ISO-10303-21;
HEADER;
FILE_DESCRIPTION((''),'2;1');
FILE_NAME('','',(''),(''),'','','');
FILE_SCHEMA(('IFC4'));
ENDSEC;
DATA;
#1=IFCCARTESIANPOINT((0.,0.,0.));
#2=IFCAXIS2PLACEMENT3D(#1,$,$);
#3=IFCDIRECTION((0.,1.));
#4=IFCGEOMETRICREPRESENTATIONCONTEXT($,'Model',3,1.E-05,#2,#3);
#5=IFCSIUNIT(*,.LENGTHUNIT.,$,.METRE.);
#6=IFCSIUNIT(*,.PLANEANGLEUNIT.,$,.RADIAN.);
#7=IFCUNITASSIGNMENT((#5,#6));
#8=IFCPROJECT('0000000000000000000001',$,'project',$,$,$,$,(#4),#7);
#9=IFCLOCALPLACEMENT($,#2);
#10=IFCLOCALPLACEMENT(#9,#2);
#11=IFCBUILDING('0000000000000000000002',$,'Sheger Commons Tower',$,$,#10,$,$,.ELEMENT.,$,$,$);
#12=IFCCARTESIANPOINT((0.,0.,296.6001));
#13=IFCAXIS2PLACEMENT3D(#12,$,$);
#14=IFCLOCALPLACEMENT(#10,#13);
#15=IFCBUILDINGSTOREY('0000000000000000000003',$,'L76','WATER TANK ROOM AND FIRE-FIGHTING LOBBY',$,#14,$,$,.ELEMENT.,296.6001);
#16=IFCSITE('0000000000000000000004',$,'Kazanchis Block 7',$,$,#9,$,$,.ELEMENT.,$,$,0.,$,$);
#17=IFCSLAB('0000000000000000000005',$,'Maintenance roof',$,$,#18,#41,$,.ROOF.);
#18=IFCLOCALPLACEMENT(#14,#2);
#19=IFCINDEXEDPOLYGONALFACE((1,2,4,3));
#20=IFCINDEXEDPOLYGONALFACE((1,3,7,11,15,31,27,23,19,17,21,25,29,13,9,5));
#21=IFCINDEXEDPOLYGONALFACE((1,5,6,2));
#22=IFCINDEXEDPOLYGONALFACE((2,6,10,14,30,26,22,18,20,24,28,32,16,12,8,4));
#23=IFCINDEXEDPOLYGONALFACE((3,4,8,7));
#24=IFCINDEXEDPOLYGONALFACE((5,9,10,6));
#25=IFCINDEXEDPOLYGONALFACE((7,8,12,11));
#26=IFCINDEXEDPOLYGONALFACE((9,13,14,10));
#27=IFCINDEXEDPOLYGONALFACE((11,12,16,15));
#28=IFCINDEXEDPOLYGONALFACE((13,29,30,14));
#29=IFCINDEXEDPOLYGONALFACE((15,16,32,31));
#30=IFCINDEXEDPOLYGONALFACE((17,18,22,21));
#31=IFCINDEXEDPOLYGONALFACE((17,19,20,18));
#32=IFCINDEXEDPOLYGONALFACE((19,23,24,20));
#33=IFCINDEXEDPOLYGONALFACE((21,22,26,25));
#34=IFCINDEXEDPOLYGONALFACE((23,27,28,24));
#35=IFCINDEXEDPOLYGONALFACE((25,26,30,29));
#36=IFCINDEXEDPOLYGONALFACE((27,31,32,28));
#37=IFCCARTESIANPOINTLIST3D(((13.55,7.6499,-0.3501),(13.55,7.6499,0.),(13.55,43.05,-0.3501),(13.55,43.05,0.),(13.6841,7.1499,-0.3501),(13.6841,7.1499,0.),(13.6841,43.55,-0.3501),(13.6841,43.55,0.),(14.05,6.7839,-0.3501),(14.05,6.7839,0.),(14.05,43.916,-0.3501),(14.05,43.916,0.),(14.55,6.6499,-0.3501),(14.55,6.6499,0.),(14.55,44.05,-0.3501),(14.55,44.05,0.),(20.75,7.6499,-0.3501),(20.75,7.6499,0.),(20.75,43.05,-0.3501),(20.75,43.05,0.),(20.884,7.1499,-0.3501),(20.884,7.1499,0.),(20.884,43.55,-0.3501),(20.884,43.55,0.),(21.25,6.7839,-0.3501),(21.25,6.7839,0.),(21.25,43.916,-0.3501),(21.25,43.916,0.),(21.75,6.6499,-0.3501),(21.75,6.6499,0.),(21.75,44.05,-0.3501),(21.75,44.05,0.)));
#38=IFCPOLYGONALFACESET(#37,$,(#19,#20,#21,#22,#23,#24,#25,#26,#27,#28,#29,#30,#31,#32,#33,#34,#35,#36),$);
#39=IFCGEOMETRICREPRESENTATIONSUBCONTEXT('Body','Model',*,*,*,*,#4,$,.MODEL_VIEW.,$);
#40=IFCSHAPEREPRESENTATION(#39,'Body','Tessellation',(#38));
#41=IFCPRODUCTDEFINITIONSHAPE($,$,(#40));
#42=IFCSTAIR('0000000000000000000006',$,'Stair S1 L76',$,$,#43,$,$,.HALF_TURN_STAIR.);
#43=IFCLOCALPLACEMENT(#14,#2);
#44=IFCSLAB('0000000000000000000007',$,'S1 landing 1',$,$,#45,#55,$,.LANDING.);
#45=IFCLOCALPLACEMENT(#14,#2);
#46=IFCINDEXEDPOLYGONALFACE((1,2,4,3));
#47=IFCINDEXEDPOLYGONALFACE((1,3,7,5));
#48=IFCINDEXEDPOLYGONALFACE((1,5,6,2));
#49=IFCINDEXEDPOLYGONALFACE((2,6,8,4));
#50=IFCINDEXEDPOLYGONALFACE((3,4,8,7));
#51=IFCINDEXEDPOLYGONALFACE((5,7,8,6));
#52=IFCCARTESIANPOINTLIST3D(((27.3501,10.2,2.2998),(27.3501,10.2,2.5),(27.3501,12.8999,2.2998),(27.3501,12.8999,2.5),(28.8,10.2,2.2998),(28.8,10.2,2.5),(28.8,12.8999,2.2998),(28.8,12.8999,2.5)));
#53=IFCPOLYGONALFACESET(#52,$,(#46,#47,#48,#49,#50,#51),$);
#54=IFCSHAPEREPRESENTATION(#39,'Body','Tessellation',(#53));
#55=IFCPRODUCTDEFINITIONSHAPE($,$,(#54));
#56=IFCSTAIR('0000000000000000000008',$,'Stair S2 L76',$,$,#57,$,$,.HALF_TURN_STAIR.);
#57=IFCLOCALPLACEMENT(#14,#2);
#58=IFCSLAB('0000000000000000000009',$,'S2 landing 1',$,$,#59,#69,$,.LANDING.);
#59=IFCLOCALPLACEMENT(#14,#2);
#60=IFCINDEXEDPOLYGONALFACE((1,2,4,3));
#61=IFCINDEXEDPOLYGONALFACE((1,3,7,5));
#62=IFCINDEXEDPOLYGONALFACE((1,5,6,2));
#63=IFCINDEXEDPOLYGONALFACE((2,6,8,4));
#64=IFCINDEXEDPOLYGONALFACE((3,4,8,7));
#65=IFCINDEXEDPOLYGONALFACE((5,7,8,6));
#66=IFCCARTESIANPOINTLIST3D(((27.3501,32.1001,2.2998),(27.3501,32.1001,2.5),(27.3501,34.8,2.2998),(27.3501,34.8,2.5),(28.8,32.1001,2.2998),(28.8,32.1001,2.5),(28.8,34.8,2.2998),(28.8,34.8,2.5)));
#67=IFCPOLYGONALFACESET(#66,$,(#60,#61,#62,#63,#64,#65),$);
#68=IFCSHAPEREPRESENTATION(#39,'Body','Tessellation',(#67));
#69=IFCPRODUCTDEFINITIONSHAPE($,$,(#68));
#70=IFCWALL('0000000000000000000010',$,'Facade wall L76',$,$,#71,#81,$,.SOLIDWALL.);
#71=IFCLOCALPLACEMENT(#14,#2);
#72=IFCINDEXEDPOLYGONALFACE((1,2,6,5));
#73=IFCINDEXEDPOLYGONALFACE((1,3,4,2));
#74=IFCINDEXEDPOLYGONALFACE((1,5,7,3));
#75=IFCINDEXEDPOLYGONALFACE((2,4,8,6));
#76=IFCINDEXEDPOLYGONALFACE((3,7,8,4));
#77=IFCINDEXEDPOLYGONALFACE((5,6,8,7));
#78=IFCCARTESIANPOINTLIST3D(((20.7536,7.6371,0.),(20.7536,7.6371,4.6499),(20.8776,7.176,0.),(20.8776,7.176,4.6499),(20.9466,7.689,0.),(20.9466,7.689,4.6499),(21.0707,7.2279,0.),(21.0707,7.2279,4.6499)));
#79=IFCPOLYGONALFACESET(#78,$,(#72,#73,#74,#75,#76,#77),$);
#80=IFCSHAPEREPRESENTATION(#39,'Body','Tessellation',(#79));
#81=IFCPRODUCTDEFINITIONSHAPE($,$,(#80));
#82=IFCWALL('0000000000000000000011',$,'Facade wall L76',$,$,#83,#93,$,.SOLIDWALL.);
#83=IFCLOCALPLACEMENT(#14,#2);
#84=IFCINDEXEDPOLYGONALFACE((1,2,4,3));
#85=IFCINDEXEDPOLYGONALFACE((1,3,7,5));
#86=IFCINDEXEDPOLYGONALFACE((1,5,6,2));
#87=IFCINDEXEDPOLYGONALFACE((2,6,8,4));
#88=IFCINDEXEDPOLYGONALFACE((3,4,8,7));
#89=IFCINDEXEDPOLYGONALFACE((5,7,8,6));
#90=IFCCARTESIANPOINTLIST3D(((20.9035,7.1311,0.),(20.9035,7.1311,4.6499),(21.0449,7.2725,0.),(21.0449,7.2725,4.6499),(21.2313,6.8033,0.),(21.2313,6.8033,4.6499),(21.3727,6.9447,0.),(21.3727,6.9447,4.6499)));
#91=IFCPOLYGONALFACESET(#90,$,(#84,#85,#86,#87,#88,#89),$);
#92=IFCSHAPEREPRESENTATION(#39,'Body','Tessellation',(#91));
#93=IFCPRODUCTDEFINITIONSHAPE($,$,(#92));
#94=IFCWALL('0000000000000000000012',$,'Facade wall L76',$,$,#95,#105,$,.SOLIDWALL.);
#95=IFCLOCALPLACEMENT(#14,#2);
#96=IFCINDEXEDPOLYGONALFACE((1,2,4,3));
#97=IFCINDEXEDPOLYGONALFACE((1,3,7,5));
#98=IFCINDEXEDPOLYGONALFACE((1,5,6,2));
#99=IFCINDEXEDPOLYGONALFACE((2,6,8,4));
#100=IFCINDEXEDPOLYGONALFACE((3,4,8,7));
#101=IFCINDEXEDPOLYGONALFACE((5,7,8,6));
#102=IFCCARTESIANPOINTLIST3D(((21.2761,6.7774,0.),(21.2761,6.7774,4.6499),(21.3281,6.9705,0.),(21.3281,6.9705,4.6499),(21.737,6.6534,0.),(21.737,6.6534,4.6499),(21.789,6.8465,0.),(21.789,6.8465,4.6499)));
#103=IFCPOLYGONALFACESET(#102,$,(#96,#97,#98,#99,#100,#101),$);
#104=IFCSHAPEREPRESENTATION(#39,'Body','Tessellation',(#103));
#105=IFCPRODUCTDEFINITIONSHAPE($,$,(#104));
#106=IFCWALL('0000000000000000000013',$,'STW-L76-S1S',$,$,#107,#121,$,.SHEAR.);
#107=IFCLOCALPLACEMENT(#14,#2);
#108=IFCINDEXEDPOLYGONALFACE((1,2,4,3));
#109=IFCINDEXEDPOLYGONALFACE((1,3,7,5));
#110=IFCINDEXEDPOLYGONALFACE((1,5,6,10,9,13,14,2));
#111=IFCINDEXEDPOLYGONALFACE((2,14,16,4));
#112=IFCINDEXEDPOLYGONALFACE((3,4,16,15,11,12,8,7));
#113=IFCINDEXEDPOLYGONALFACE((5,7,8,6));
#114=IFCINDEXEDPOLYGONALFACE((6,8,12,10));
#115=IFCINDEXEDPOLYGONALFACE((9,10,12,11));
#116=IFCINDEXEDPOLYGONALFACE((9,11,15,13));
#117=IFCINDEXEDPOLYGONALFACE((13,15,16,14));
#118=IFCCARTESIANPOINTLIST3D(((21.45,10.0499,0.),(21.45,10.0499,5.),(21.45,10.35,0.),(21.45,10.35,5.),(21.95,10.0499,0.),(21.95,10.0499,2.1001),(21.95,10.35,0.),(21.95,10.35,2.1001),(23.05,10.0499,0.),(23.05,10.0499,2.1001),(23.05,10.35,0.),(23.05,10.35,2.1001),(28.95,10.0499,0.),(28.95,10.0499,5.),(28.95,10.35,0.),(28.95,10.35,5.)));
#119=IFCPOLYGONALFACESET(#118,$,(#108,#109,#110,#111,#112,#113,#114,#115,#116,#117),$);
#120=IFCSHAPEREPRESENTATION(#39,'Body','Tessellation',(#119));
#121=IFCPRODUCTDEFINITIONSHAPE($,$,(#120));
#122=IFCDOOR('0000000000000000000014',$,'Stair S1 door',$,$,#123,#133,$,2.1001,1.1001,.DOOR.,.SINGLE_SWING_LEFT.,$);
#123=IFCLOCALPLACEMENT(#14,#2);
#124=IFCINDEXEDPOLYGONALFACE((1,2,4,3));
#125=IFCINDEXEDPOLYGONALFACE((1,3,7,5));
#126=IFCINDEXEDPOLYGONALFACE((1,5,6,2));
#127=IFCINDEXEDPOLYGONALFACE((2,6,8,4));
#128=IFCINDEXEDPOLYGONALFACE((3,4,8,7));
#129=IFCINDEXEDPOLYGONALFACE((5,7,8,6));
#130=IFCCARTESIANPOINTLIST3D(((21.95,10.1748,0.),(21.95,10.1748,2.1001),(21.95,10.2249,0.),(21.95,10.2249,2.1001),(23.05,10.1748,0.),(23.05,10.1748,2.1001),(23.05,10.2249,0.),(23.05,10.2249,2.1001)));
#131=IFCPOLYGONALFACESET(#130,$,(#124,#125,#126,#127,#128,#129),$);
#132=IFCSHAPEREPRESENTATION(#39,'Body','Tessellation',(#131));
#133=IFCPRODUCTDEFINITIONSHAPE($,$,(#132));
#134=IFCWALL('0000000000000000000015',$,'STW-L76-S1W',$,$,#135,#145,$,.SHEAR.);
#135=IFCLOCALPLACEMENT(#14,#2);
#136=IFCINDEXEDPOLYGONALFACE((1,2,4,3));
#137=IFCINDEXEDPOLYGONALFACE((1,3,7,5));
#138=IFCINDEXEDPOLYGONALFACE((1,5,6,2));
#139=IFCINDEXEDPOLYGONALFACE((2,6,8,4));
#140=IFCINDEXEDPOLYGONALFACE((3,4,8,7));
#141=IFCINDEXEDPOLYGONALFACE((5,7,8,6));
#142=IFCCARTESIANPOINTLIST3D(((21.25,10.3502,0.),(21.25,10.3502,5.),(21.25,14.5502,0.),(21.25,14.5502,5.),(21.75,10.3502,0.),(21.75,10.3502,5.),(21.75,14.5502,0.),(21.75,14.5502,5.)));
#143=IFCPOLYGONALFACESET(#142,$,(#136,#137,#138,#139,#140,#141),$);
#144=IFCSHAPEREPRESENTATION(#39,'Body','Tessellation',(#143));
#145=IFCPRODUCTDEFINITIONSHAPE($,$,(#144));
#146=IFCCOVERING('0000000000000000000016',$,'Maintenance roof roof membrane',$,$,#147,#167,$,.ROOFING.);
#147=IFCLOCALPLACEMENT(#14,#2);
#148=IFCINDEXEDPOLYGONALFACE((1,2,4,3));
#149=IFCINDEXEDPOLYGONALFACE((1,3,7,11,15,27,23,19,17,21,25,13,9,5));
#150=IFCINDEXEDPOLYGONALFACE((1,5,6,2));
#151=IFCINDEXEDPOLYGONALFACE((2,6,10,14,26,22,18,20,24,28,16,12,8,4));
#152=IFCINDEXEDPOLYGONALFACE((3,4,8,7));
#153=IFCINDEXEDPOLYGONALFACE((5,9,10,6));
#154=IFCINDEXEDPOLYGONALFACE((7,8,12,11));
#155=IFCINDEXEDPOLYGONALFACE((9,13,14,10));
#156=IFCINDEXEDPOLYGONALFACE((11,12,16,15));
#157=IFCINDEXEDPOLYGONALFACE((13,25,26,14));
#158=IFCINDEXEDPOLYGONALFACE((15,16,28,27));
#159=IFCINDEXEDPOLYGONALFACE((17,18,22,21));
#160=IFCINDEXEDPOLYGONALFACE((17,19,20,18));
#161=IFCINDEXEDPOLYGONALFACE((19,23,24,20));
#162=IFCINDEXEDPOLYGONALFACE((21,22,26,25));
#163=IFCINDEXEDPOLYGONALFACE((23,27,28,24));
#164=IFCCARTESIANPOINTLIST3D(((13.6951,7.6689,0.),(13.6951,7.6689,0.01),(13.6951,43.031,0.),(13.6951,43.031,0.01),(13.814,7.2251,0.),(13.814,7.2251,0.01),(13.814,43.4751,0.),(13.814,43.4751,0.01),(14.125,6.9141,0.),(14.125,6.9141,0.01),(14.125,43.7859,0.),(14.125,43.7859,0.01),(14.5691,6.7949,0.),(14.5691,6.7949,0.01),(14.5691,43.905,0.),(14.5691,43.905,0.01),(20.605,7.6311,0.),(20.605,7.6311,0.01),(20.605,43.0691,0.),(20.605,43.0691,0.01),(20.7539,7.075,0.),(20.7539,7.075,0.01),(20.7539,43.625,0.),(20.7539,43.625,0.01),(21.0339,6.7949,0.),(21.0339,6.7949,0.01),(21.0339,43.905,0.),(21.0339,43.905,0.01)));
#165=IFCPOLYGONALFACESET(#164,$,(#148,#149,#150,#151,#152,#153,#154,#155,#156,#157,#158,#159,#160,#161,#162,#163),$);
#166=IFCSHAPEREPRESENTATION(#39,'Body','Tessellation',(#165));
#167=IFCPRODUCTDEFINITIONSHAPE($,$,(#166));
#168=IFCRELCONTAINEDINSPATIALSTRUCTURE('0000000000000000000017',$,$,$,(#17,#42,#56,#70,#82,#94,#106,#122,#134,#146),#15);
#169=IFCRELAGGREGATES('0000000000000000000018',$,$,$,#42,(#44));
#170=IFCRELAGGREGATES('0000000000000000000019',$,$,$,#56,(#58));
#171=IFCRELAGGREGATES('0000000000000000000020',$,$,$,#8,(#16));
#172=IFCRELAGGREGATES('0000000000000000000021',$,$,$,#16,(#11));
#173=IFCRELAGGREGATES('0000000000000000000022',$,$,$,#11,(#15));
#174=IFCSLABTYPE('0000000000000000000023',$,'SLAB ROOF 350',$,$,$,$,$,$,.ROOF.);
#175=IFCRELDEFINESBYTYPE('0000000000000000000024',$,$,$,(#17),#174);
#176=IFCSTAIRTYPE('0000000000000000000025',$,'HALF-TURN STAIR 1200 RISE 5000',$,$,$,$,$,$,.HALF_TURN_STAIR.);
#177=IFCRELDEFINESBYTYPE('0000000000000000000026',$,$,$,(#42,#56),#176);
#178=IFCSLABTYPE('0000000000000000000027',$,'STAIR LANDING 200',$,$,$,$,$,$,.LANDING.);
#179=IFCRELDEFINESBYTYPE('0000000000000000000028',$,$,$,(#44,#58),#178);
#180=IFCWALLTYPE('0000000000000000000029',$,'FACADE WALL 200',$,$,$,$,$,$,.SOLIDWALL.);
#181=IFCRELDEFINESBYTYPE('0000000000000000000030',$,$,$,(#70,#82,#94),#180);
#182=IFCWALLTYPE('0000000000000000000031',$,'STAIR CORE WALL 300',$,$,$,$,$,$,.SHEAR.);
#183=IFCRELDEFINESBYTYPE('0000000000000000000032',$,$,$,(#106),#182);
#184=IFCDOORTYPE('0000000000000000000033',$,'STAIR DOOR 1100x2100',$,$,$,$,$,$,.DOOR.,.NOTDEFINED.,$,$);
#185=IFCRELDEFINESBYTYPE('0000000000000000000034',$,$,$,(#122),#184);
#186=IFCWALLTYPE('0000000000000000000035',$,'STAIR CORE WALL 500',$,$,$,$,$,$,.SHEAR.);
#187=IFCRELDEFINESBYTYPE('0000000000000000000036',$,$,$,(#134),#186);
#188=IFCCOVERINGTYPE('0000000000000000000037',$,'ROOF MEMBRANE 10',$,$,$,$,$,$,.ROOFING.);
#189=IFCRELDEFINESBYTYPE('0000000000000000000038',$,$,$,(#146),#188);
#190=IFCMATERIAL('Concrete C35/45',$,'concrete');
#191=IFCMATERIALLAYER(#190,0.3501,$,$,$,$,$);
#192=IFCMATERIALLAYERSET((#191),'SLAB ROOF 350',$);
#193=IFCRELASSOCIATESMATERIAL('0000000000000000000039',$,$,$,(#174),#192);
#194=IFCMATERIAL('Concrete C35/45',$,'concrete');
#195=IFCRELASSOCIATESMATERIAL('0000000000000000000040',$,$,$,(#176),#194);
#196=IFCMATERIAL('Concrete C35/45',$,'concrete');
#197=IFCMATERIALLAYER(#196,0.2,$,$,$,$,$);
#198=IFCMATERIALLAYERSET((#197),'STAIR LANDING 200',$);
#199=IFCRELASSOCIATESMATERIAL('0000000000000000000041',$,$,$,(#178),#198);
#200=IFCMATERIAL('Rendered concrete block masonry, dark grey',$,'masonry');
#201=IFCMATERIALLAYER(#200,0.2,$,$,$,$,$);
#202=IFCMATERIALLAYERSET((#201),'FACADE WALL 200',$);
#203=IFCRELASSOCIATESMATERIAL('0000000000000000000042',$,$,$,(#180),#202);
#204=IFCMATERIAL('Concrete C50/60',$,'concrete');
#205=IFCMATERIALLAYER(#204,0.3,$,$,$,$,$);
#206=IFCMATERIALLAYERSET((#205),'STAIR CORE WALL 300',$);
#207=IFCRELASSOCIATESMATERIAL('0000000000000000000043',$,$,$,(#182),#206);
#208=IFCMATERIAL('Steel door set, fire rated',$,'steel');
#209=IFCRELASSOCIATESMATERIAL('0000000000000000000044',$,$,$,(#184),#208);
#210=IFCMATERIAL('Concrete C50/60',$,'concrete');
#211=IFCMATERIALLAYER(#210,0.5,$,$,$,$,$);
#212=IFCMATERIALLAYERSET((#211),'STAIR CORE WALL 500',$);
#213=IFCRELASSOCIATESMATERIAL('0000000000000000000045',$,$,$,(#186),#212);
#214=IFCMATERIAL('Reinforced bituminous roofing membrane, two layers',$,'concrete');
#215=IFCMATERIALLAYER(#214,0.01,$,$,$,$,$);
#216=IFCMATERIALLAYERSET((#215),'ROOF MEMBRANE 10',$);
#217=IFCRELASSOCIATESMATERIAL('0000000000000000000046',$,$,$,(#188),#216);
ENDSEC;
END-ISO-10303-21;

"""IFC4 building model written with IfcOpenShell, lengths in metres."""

from ifc_helpers import new_model, si_unit, direction, frame, frame_2d, origin, place, context, subcontext, project, spatial, polyline, rectangle, outline, extrude, material, layer, layer_set, type_object, element, fill, aggregate, save


model = new_model("IFC4")

# Units and contexts
model_context = context("Model", 3, precision=1e-05, world=origin(), true_north=direction((0.0, 1.0)))
body_context = subcontext(model_context, "Body", "Model", "MODEL_VIEW")
ifc_project = project(units=[si_unit("LENGTHUNIT", "METRE"), si_unit("PLANEANGLEUNIT", "RADIAN")], contexts=[model_context])

# Site, building, storey
site_placement = place(None, origin())
site = spatial("IfcSite", under=ifc_project, at=site_placement, Name="Kazanchis Block 7", CompositionType="ELEMENT", RefElevation=0.0)
building_placement = place(site_placement, origin())
building = spatial("IfcBuilding", under=site, at=building_placement, Name="Sheger Commons Tower", CompositionType="ELEMENT")
storey_placement = place(building_placement, frame((0.0, 0.0, 296.6001)))
storey = spatial("IfcBuildingStorey", under=building, at=storey_placement, Name="L76", Description="WATER TANK ROOM AND FIRE-FIGHTING LOBBY", CompositionType="ELEMENT", Elevation=296.6001)

# Slab
ifc_material_1 = material(Name="Concrete C35/45", Category="concrete")
ifc_layer_1 = layer(ifc_material_1, 0.3501)
ifc_layer_set_1 = layer_set([ifc_layer_1], Name="SLAB ROOF 350")
slab_type_1 = type_object("IfcSlabType", Name="SLAB ROOF 350", PredefinedType="ROOF", material=ifc_layer_set_1)
slab_1_placement = place(storey_placement, frame((0.0, 0.0, -0.3501)))
element("IfcSlab", 1, at=slab_1_placement, inside=storey, type_object=slab_type_1, Name="Maintenance roof", PredefinedType="ROOF", context=body_context, shape_type="SweptSolid", body=[
    extrude(outline(polyline([(14.55, 6.6499), (21.75, 6.6499), (21.25, 6.7839), (20.884, 7.1499), (20.75, 7.6499), (20.75, 43.05), (20.884, 43.55), (21.25, 43.916), (21.75, 44.05), (14.55, 44.05), (14.05, 43.916), (13.6841, 43.55), (13.55, 43.05), (13.55, 7.6499), (13.6841, 7.1499), (14.05, 6.7839), (14.55, 6.6499)])), origin(), (0.0, 0.0, 1.0), 0.3501),
])

# Stairs, slabs
ifc_material_2 = material(Name="Concrete C35/45", Category="concrete")
stair_type = type_object("IfcStairType", Name="HALF-TURN STAIR 1200 RISE 5000", PredefinedType="HALF_TURN_STAIR", material=ifc_material_2)
stair_1_placement = place(storey_placement, origin())
stair_1 = element("IfcStair", 2, at=stair_1_placement, inside=storey, type_object=stair_type, Name="Stair S1 L76", PredefinedType="HALF_TURN_STAIR")
ifc_material_3 = material(Name="Concrete C35/45", Category="concrete")
ifc_layer_2 = layer(ifc_material_3, 0.2)
ifc_layer_set_2 = layer_set([ifc_layer_2], Name="STAIR LANDING 200")
slab_type_2 = type_object("IfcSlabType", Name="STAIR LANDING 200", PredefinedType="LANDING", material=ifc_layer_set_2)
slab_2_placement = place(storey_placement, frame((0.0, 0.0, 2.2998)))
slab_2 = element("IfcSlab", 3, at=slab_2_placement, type_object=slab_type_2, Name="S1 landing 1", PredefinedType="LANDING", context=body_context, shape_type="SweptSolid", body=[
    extrude(outline(polyline([(27.3501, 10.2), (28.8, 10.2), (28.8, 12.8999), (27.3501, 12.8999), (27.3501, 10.2)])), origin(), (0.0, 0.0, 1.0), 0.2002),
])
aggregate(stair_1, [slab_2])
stair_2_placement = place(storey_placement, origin())
stair_2 = element("IfcStair", 4, at=stair_2_placement, inside=storey, type_object=stair_type, Name="Stair S2 L76", PredefinedType="HALF_TURN_STAIR")
slab_3_placement = place(storey_placement, frame((0.0, 0.0, 2.2998)))
slab_3 = element("IfcSlab", 5, at=slab_3_placement, type_object=slab_type_2, Name="S2 landing 1", PredefinedType="LANDING", context=body_context, shape_type="SweptSolid", body=[
    extrude(outline(polyline([(27.3501, 32.1001), (28.8, 32.1001), (28.8, 34.8), (27.3501, 34.8), (27.3501, 32.1001)])), origin(), (0.0, 0.0, 1.0), 0.2002),
])
aggregate(stair_2, [slab_3])

# Shared definitions
ifc_material_4 = material(Name="Rendered concrete block masonry, dark grey", Category="masonry")
ifc_layer_3 = layer(ifc_material_4, 0.2)
ifc_layer_set_3 = layer_set([ifc_layer_3], Name="FACADE WALL 200")
wall_type_1 = type_object("IfcWallType", Name="FACADE WALL 200", PredefinedType="SOLIDWALL", material=ifc_layer_set_3)

# Walls
wall_1_placement = place(storey_placement, frame((20.8501, 7.6631, 0.0), z_axis=(0.0, 0.0, 1.0), x_axis=(0.259698, -0.96569, 0.0)))
element("IfcWall", 6, at=wall_1_placement, inside=storey, type_object=wall_type_1, Name="Facade wall L76", PredefinedType="SOLIDWALL", context=body_context, shape_type="SweptSolid", body=[
    extrude(rectangle(XDim=0.4775, YDim=0.2, at=frame_2d((0.2388, 0.0))), origin(), (0.0, 0.0, 1.0), 4.6499),
])
wall_2_placement = place(storey_placement, frame((20.9741, 7.2019, 0.0), z_axis=(0.0, 0.0, 1.0), x_axis=(0.707107, -0.707107, 0.0)))
element("IfcWall", 7, at=wall_2_placement, inside=storey, type_object=wall_type_1, Name="Facade wall L76", PredefinedType="SOLIDWALL", context=body_context, shape_type="SweptSolid", body=[
    extrude(rectangle(XDim=0.4636, YDim=0.2, at=frame_2d((0.2319, 0.0))), origin(), (0.0, 0.0, 1.0), 4.6499),
])
wall_3_placement = place(storey_placement, frame((21.302, 6.874, 0.0), z_axis=(0.0, 0.0, 1.0), x_axis=(0.965655, -0.259827, 0.0)))
element("IfcWall", 8, at=wall_3_placement, inside=storey, type_object=wall_type_1, Name="Facade wall L76", PredefinedType="SOLIDWALL", context=body_context, shape_type="SweptSolid", body=[
    extrude(rectangle(XDim=0.4773, YDim=0.2, at=frame_2d((0.2388, 0.0))), origin(), (0.0, 0.0, 1.0), 4.6499),
])

# Wall, opening, door
ifc_material_5 = material(Name="Concrete C50/60", Category="concrete")
ifc_layer_4 = layer(ifc_material_5, 0.3)
ifc_layer_set_4 = layer_set([ifc_layer_4], Name="STAIR CORE WALL 300")
wall_type_2 = type_object("IfcWallType", Name="STAIR CORE WALL 300", PredefinedType="SHEAR", material=ifc_layer_set_4)
wall_4_placement = place(storey_placement, frame((21.45, 10.2, 0.0), z_axis=(0.0, 0.0, 1.0), x_axis=(1.0, 0.0, 0.0)))
wall_4 = element("IfcWall", 9, at=wall_4_placement, inside=storey, type_object=wall_type_2, Name="STW-L76-S1S", PredefinedType="SHEAR", context=body_context, shape_type="SweptSolid", body=[
    extrude(rectangle(XDim=7.5, YDim=0.3, at=frame_2d((3.75, 0.0))), origin(), (0.0, 0.0, 1.0), 5.0),
])
opening_1_placement = place(wall_4_placement, frame((0.5, 0.0, 0.0)))
opening_1 = element("IfcOpeningElement", 10, at=opening_1_placement, cuts=wall_4, PredefinedType="OPENING", context=body_context, shape_type="SweptSolid", body=[
    extrude(rectangle(XDim=1.1001, YDim=2.1001, at=frame_2d((0.55, 1.05))), frame((0.0, 0.1599, 0.0), z_axis=(0.0, -1.0, 0.0), x_axis=(1.0, 0.0, 0.0)), (0.0, 0.0, 1.0), 0.3201),
])
ifc_material_6 = material(Name="Steel door set, fire rated", Category="steel")
door_type_1 = type_object("IfcDoorType", Name="STAIR DOOR 1100x2100", OperationType="NOTDEFINED", PredefinedType="DOOR", material=ifc_material_6)
door_1_placement = place(opening_1_placement, origin())
door_1 = element("IfcDoor", 11, at=door_1_placement, inside=storey, type_object=door_type_1, Name="Stair S1 door", OperationType="SINGLE_SWING_LEFT", OverallHeight=2.1001, OverallWidth=1.1001, PredefinedType="DOOR", context=body_context, shape_type="SweptSolid", body=[
    extrude(rectangle(XDim=1.1001, YDim=2.1001, at=frame_2d((0.55, 1.05))), frame((0.0, 0.0249, 0.0), z_axis=(0.0, -1.0, 0.0), x_axis=(1.0, 0.0, 0.0)), (0.0, 0.0, 1.0), 0.05),
])
fill(opening_1, door_1)

# Wall
ifc_material_7 = material(Name="Concrete C50/60", Category="concrete")
ifc_layer_5 = layer(ifc_material_7, 0.5)
ifc_layer_set_5 = layer_set([ifc_layer_5], Name="STAIR CORE WALL 500")
wall_type_3 = type_object("IfcWallType", Name="STAIR CORE WALL 500", PredefinedType="SHEAR", material=ifc_layer_set_5)
wall_5_placement = place(storey_placement, frame((21.5, 10.3501, 0.0), z_axis=(0.0, 0.0, 1.0), x_axis=(0.0, 1.0, 0.0)))
element("IfcWall", 12, at=wall_5_placement, inside=storey, type_object=wall_type_3, Name="STW-L76-S1W", PredefinedType="SHEAR", context=body_context, shape_type="SweptSolid", body=[
    extrude(rectangle(XDim=4.2, YDim=0.5, at=frame_2d((2.1001, 0.0))), origin(), (0.0, 0.0, 1.0), 5.0),
])

# Covering
ifc_material_8 = material(Name="Reinforced bituminous roofing membrane, two layers", Category="concrete")
ifc_layer_6 = layer(ifc_material_8, 0.01)
ifc_layer_set_6 = layer_set([ifc_layer_6], Name="ROOF MEMBRANE 10")
covering_type_1 = type_object("IfcCoveringType", Name="ROOF MEMBRANE 10", PredefinedType="ROOFING", material=ifc_layer_set_6)
covering_1_placement = place(storey_placement, origin())
element("IfcCovering", 13, at=covering_1_placement, inside=storey, type_object=covering_type_1, Name="Maintenance roof roof membrane", PredefinedType="ROOFING", context=body_context, shape_type="SweptSolid", body=[
    extrude(outline(polyline([(14.5691, 6.7949), (21.0339, 6.7949), (20.7539, 7.075), (20.605, 7.6311), (20.605, 43.0691), (20.7539, 43.625), (21.0339, 43.905), (14.5691, 43.905), (14.125, 43.7859), (13.814, 43.4751), (13.6951, 43.031), (13.6951, 7.6689), (13.814, 7.2251), (14.125, 6.9141), (14.5691, 6.7949)])), origin(), (0.0, 0.0, 1.0), 0.01),
])

save(model, "model.ifc")
